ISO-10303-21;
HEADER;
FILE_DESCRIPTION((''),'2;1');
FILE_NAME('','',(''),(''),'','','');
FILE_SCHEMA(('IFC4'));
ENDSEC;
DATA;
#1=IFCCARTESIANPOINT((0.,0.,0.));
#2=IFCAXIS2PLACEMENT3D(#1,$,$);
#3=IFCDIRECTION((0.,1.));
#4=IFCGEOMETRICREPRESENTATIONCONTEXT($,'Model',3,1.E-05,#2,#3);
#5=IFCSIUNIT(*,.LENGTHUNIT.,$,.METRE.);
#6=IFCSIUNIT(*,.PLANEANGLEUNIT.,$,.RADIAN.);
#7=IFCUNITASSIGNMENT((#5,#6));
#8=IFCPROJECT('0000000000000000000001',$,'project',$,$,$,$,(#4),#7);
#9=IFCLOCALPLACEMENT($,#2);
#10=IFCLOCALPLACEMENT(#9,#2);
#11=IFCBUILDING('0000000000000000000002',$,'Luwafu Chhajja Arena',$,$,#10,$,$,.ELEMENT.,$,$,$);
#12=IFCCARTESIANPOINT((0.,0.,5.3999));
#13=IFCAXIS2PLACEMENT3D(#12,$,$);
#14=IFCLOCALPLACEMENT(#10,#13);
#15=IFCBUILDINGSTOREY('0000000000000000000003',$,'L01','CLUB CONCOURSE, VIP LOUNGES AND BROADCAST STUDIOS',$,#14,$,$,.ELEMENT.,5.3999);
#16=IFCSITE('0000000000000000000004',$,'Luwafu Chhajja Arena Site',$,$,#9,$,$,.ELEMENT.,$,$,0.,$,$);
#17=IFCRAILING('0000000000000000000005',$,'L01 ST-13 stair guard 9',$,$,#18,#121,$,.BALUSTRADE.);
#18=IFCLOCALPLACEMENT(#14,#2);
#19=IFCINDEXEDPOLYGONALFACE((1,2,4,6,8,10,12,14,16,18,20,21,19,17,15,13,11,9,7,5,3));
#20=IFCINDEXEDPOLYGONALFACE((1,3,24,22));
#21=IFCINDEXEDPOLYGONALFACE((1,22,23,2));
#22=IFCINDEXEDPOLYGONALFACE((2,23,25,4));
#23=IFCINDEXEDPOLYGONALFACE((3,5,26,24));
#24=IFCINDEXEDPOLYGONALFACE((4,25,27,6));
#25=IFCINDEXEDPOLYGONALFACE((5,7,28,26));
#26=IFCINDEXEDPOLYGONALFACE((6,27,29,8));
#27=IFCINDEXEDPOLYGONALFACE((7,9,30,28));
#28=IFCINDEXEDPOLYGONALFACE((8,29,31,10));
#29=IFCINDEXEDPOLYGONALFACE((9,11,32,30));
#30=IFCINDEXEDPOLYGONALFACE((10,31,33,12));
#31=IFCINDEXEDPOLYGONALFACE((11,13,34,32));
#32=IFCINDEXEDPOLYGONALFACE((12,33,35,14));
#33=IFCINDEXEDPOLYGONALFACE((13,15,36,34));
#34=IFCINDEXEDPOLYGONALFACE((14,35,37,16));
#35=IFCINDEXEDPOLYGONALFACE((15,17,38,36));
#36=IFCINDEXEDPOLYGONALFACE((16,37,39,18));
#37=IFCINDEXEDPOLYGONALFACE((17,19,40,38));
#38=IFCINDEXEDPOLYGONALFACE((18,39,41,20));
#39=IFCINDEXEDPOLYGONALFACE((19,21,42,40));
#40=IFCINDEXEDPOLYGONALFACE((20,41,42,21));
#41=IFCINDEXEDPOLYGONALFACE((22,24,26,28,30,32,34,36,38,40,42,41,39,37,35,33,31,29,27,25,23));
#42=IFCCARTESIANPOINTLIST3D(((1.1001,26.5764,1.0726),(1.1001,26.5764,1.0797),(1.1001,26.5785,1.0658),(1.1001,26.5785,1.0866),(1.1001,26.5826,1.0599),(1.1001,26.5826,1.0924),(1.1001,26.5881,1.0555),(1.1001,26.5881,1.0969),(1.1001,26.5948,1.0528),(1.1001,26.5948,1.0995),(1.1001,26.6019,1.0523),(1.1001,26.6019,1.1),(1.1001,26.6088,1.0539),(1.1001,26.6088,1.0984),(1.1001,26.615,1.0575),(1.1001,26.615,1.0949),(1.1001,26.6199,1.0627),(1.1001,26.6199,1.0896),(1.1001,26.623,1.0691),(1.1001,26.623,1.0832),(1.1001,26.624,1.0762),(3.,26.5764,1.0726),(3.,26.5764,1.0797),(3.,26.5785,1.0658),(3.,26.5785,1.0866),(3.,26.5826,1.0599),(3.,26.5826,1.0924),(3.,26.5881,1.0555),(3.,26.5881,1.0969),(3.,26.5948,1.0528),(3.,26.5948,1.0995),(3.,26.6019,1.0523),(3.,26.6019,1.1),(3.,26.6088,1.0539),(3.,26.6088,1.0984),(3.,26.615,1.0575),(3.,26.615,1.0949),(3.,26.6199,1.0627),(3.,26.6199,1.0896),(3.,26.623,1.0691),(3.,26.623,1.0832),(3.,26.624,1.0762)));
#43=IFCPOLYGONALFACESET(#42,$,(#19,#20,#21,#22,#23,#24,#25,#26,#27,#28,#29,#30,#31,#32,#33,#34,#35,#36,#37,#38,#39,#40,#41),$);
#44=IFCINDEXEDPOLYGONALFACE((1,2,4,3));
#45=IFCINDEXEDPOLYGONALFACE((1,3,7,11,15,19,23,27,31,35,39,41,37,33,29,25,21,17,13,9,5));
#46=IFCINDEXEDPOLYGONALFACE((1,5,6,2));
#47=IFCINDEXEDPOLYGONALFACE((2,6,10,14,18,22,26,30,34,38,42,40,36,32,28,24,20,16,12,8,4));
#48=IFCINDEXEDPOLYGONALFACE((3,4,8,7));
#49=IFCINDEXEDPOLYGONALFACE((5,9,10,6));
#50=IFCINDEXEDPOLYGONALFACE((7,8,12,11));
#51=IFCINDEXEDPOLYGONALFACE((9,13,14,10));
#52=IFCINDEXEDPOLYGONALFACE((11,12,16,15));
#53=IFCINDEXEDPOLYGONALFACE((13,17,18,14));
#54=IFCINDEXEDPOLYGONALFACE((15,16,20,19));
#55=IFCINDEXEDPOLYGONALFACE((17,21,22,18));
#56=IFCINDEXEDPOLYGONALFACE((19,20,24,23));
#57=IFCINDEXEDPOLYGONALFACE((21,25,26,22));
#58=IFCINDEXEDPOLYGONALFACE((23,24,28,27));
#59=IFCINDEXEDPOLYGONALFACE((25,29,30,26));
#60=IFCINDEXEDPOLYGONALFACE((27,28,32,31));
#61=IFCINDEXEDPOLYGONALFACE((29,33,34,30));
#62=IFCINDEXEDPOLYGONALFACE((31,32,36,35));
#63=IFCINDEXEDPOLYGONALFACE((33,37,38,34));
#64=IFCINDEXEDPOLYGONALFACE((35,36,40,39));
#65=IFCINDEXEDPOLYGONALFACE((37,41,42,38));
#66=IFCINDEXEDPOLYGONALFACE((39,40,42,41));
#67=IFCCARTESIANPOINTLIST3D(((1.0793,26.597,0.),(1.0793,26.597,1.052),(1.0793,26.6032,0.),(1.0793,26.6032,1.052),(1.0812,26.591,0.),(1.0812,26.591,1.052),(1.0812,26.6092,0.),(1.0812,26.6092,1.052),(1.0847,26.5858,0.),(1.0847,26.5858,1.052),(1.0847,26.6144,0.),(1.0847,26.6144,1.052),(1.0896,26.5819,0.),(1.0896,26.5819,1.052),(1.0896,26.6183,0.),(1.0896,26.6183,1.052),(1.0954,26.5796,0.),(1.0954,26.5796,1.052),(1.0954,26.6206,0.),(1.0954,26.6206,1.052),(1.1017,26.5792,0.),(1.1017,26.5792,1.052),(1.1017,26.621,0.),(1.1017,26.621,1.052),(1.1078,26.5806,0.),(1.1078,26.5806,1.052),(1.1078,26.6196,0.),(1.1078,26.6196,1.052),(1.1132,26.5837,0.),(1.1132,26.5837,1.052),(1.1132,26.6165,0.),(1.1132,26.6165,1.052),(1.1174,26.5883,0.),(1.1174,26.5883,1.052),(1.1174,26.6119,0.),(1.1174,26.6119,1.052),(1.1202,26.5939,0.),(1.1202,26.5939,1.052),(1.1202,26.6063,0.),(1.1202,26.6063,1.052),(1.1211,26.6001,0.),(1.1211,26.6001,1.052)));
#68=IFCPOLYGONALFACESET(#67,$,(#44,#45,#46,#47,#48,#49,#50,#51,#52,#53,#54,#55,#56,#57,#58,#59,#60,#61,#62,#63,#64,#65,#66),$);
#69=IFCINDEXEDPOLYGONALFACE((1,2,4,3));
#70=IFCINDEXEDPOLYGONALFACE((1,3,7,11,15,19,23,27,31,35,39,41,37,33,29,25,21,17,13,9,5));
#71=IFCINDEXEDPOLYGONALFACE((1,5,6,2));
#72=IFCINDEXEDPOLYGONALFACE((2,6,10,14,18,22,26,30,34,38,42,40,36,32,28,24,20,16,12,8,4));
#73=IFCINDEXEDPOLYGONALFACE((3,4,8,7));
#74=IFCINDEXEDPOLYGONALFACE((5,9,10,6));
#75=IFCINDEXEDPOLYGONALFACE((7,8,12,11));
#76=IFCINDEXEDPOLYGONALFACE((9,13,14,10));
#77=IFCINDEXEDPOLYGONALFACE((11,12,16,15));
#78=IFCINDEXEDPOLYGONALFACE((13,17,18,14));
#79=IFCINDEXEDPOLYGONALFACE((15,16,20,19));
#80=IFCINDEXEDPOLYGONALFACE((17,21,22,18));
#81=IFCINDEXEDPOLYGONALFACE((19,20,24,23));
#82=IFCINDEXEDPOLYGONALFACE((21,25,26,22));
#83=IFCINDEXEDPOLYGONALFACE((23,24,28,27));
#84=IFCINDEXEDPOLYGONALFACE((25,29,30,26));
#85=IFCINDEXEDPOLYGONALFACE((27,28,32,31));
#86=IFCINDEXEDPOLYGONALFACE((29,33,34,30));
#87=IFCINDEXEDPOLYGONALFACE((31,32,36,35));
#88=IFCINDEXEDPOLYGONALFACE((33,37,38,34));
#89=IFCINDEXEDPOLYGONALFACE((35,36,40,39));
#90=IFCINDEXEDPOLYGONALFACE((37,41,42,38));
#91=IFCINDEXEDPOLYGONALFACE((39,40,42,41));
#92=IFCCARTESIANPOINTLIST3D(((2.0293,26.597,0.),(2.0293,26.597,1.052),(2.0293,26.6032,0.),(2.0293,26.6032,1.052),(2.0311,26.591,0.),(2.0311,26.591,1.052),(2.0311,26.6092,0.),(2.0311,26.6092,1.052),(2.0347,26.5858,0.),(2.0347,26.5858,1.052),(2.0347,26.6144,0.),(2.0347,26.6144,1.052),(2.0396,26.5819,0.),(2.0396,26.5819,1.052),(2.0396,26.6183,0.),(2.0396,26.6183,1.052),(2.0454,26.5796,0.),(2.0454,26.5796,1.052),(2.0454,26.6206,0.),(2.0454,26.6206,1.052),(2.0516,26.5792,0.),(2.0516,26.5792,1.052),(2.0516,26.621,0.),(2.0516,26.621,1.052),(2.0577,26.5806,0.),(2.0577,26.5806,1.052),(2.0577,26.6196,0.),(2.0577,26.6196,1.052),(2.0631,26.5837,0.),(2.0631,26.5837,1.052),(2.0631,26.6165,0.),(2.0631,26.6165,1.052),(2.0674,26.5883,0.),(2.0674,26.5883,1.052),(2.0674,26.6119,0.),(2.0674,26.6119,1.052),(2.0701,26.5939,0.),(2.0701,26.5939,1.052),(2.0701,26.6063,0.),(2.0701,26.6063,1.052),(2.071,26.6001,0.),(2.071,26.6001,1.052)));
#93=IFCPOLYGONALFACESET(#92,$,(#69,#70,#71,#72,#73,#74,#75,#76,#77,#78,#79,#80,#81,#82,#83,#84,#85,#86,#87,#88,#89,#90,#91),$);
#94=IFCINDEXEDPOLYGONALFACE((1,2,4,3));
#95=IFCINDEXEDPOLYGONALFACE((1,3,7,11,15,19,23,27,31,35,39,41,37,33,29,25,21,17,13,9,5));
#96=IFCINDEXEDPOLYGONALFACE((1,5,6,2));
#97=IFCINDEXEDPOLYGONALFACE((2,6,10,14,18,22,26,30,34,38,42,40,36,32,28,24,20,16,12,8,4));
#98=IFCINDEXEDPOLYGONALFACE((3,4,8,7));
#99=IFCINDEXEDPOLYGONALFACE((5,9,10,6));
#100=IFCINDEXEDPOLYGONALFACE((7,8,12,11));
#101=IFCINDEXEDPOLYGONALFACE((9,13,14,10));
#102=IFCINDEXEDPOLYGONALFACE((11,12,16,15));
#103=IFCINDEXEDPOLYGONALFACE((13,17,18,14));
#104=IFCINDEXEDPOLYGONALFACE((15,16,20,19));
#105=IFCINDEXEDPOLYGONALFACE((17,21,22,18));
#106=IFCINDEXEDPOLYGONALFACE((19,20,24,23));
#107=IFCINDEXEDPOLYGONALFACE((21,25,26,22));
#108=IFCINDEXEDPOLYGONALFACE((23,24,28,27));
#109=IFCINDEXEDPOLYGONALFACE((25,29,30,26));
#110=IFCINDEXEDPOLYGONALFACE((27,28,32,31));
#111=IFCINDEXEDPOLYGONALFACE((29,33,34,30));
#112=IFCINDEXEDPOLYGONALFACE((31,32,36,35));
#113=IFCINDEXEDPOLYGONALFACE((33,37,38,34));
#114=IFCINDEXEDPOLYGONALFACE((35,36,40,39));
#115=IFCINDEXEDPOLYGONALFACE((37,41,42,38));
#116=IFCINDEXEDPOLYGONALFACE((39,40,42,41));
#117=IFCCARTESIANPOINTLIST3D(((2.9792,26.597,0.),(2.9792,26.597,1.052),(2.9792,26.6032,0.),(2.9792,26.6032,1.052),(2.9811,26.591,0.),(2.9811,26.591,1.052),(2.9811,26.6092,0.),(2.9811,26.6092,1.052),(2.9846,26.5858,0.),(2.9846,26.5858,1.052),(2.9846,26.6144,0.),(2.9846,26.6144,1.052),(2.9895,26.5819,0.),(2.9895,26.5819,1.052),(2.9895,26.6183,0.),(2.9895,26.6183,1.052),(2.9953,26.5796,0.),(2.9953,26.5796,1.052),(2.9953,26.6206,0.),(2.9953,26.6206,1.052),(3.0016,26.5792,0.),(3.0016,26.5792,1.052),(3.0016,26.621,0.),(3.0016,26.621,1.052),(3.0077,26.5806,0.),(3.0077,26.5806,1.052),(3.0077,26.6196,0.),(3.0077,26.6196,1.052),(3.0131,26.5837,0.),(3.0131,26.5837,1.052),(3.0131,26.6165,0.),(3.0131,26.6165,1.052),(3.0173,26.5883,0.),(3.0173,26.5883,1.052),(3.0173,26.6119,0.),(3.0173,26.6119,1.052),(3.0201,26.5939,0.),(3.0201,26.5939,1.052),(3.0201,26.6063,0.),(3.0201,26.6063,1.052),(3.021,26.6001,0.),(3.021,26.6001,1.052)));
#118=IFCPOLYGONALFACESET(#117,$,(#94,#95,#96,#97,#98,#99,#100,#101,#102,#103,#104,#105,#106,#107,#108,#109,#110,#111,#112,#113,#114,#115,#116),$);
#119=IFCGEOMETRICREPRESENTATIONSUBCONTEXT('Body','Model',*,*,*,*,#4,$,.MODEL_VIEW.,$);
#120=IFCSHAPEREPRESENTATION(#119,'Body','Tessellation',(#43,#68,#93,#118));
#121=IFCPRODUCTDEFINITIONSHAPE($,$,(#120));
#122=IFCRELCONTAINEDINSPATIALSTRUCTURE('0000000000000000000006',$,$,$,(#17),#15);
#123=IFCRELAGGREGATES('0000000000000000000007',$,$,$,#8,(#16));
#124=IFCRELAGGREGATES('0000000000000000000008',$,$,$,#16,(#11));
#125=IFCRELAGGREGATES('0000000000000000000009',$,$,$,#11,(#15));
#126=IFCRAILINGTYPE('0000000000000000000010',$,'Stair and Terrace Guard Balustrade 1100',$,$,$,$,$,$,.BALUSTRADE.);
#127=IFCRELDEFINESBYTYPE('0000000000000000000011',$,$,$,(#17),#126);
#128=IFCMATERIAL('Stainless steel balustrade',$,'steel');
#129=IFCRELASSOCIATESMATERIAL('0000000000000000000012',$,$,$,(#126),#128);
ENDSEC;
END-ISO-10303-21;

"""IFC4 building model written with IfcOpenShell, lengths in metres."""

from ifc_helpers import new_model, si_unit, direction, frame, origin, origin_2d, place, context, subcontext, project, spatial, circle, extrude, material, type_object, element, save


model = new_model("IFC4")

# Units and contexts
model_context = context("Model", 3, precision=1e-05, world=origin(), true_north=direction((0.0, 1.0)))
body_context = subcontext(model_context, "Body", "Model", "MODEL_VIEW")
ifc_project = project(units=[si_unit("LENGTHUNIT", "METRE"), si_unit("PLANEANGLEUNIT", "RADIAN")], contexts=[model_context])

# Site, building, storey
site_placement = place(None, origin())
site = spatial("IfcSite", under=ifc_project, at=site_placement, Name="Luwafu Chhajja Arena Site", CompositionType="ELEMENT", RefElevation=0.0)
building_placement = place(site_placement, origin())
building = spatial("IfcBuilding", under=site, at=building_placement, Name="Luwafu Chhajja Arena", CompositionType="ELEMENT")
storey_placement = place(building_placement, frame((0.0, 0.0, 5.3999)))
storey = spatial("IfcBuildingStorey", under=building, at=storey_placement, Name="L01", Description="CLUB CONCOURSE, VIP LOUNGES AND BROADCAST STUDIOS", CompositionType="ELEMENT", Elevation=5.3999)

# Railing
ifc_material_1 = material(Name="Stainless steel balustrade", Category="steel")
railing_type_1 = type_object("IfcRailingType", Name="Stair and Terrace Guard Balustrade 1100", PredefinedType="BALUSTRADE", material=ifc_material_1)
for number, where, name in (
    (1, (1.1001, 26.6001, 0.0), "L01 ST-13 stair guard 9"),
):
    element("IfcRailing", number, at=place(storey_placement, frame(where)), inside=storey, type_object=railing_type_1, Name=name, PredefinedType="BALUSTRADE", context=body_context, shape_type="SweptSolid", body=[
        extrude(circle(Radius=0.0239, at=origin_2d()), frame((0.0, 0.0, 1.0762), z_axis=(1.0, 0.0, 0.0), x_axis=(0.0, 1.0, 0.0)), (0.0, 0.0, 1.0), 1.8999),
        extrude(circle(Radius=0.021, at=origin_2d()), origin(), (0.0, 0.0, 1.0), 1.052),
        extrude(circle(Radius=0.021, at=origin_2d()), frame((0.95, 0.0, 0.0)), (0.0, 0.0, 1.0), 1.052),
        extrude(circle(Radius=0.021, at=origin_2d()), frame((1.8999, 0.0, 0.0)), (0.0, 0.0, 1.0), 1.052),
    ])

save(model, "model.ifc")
